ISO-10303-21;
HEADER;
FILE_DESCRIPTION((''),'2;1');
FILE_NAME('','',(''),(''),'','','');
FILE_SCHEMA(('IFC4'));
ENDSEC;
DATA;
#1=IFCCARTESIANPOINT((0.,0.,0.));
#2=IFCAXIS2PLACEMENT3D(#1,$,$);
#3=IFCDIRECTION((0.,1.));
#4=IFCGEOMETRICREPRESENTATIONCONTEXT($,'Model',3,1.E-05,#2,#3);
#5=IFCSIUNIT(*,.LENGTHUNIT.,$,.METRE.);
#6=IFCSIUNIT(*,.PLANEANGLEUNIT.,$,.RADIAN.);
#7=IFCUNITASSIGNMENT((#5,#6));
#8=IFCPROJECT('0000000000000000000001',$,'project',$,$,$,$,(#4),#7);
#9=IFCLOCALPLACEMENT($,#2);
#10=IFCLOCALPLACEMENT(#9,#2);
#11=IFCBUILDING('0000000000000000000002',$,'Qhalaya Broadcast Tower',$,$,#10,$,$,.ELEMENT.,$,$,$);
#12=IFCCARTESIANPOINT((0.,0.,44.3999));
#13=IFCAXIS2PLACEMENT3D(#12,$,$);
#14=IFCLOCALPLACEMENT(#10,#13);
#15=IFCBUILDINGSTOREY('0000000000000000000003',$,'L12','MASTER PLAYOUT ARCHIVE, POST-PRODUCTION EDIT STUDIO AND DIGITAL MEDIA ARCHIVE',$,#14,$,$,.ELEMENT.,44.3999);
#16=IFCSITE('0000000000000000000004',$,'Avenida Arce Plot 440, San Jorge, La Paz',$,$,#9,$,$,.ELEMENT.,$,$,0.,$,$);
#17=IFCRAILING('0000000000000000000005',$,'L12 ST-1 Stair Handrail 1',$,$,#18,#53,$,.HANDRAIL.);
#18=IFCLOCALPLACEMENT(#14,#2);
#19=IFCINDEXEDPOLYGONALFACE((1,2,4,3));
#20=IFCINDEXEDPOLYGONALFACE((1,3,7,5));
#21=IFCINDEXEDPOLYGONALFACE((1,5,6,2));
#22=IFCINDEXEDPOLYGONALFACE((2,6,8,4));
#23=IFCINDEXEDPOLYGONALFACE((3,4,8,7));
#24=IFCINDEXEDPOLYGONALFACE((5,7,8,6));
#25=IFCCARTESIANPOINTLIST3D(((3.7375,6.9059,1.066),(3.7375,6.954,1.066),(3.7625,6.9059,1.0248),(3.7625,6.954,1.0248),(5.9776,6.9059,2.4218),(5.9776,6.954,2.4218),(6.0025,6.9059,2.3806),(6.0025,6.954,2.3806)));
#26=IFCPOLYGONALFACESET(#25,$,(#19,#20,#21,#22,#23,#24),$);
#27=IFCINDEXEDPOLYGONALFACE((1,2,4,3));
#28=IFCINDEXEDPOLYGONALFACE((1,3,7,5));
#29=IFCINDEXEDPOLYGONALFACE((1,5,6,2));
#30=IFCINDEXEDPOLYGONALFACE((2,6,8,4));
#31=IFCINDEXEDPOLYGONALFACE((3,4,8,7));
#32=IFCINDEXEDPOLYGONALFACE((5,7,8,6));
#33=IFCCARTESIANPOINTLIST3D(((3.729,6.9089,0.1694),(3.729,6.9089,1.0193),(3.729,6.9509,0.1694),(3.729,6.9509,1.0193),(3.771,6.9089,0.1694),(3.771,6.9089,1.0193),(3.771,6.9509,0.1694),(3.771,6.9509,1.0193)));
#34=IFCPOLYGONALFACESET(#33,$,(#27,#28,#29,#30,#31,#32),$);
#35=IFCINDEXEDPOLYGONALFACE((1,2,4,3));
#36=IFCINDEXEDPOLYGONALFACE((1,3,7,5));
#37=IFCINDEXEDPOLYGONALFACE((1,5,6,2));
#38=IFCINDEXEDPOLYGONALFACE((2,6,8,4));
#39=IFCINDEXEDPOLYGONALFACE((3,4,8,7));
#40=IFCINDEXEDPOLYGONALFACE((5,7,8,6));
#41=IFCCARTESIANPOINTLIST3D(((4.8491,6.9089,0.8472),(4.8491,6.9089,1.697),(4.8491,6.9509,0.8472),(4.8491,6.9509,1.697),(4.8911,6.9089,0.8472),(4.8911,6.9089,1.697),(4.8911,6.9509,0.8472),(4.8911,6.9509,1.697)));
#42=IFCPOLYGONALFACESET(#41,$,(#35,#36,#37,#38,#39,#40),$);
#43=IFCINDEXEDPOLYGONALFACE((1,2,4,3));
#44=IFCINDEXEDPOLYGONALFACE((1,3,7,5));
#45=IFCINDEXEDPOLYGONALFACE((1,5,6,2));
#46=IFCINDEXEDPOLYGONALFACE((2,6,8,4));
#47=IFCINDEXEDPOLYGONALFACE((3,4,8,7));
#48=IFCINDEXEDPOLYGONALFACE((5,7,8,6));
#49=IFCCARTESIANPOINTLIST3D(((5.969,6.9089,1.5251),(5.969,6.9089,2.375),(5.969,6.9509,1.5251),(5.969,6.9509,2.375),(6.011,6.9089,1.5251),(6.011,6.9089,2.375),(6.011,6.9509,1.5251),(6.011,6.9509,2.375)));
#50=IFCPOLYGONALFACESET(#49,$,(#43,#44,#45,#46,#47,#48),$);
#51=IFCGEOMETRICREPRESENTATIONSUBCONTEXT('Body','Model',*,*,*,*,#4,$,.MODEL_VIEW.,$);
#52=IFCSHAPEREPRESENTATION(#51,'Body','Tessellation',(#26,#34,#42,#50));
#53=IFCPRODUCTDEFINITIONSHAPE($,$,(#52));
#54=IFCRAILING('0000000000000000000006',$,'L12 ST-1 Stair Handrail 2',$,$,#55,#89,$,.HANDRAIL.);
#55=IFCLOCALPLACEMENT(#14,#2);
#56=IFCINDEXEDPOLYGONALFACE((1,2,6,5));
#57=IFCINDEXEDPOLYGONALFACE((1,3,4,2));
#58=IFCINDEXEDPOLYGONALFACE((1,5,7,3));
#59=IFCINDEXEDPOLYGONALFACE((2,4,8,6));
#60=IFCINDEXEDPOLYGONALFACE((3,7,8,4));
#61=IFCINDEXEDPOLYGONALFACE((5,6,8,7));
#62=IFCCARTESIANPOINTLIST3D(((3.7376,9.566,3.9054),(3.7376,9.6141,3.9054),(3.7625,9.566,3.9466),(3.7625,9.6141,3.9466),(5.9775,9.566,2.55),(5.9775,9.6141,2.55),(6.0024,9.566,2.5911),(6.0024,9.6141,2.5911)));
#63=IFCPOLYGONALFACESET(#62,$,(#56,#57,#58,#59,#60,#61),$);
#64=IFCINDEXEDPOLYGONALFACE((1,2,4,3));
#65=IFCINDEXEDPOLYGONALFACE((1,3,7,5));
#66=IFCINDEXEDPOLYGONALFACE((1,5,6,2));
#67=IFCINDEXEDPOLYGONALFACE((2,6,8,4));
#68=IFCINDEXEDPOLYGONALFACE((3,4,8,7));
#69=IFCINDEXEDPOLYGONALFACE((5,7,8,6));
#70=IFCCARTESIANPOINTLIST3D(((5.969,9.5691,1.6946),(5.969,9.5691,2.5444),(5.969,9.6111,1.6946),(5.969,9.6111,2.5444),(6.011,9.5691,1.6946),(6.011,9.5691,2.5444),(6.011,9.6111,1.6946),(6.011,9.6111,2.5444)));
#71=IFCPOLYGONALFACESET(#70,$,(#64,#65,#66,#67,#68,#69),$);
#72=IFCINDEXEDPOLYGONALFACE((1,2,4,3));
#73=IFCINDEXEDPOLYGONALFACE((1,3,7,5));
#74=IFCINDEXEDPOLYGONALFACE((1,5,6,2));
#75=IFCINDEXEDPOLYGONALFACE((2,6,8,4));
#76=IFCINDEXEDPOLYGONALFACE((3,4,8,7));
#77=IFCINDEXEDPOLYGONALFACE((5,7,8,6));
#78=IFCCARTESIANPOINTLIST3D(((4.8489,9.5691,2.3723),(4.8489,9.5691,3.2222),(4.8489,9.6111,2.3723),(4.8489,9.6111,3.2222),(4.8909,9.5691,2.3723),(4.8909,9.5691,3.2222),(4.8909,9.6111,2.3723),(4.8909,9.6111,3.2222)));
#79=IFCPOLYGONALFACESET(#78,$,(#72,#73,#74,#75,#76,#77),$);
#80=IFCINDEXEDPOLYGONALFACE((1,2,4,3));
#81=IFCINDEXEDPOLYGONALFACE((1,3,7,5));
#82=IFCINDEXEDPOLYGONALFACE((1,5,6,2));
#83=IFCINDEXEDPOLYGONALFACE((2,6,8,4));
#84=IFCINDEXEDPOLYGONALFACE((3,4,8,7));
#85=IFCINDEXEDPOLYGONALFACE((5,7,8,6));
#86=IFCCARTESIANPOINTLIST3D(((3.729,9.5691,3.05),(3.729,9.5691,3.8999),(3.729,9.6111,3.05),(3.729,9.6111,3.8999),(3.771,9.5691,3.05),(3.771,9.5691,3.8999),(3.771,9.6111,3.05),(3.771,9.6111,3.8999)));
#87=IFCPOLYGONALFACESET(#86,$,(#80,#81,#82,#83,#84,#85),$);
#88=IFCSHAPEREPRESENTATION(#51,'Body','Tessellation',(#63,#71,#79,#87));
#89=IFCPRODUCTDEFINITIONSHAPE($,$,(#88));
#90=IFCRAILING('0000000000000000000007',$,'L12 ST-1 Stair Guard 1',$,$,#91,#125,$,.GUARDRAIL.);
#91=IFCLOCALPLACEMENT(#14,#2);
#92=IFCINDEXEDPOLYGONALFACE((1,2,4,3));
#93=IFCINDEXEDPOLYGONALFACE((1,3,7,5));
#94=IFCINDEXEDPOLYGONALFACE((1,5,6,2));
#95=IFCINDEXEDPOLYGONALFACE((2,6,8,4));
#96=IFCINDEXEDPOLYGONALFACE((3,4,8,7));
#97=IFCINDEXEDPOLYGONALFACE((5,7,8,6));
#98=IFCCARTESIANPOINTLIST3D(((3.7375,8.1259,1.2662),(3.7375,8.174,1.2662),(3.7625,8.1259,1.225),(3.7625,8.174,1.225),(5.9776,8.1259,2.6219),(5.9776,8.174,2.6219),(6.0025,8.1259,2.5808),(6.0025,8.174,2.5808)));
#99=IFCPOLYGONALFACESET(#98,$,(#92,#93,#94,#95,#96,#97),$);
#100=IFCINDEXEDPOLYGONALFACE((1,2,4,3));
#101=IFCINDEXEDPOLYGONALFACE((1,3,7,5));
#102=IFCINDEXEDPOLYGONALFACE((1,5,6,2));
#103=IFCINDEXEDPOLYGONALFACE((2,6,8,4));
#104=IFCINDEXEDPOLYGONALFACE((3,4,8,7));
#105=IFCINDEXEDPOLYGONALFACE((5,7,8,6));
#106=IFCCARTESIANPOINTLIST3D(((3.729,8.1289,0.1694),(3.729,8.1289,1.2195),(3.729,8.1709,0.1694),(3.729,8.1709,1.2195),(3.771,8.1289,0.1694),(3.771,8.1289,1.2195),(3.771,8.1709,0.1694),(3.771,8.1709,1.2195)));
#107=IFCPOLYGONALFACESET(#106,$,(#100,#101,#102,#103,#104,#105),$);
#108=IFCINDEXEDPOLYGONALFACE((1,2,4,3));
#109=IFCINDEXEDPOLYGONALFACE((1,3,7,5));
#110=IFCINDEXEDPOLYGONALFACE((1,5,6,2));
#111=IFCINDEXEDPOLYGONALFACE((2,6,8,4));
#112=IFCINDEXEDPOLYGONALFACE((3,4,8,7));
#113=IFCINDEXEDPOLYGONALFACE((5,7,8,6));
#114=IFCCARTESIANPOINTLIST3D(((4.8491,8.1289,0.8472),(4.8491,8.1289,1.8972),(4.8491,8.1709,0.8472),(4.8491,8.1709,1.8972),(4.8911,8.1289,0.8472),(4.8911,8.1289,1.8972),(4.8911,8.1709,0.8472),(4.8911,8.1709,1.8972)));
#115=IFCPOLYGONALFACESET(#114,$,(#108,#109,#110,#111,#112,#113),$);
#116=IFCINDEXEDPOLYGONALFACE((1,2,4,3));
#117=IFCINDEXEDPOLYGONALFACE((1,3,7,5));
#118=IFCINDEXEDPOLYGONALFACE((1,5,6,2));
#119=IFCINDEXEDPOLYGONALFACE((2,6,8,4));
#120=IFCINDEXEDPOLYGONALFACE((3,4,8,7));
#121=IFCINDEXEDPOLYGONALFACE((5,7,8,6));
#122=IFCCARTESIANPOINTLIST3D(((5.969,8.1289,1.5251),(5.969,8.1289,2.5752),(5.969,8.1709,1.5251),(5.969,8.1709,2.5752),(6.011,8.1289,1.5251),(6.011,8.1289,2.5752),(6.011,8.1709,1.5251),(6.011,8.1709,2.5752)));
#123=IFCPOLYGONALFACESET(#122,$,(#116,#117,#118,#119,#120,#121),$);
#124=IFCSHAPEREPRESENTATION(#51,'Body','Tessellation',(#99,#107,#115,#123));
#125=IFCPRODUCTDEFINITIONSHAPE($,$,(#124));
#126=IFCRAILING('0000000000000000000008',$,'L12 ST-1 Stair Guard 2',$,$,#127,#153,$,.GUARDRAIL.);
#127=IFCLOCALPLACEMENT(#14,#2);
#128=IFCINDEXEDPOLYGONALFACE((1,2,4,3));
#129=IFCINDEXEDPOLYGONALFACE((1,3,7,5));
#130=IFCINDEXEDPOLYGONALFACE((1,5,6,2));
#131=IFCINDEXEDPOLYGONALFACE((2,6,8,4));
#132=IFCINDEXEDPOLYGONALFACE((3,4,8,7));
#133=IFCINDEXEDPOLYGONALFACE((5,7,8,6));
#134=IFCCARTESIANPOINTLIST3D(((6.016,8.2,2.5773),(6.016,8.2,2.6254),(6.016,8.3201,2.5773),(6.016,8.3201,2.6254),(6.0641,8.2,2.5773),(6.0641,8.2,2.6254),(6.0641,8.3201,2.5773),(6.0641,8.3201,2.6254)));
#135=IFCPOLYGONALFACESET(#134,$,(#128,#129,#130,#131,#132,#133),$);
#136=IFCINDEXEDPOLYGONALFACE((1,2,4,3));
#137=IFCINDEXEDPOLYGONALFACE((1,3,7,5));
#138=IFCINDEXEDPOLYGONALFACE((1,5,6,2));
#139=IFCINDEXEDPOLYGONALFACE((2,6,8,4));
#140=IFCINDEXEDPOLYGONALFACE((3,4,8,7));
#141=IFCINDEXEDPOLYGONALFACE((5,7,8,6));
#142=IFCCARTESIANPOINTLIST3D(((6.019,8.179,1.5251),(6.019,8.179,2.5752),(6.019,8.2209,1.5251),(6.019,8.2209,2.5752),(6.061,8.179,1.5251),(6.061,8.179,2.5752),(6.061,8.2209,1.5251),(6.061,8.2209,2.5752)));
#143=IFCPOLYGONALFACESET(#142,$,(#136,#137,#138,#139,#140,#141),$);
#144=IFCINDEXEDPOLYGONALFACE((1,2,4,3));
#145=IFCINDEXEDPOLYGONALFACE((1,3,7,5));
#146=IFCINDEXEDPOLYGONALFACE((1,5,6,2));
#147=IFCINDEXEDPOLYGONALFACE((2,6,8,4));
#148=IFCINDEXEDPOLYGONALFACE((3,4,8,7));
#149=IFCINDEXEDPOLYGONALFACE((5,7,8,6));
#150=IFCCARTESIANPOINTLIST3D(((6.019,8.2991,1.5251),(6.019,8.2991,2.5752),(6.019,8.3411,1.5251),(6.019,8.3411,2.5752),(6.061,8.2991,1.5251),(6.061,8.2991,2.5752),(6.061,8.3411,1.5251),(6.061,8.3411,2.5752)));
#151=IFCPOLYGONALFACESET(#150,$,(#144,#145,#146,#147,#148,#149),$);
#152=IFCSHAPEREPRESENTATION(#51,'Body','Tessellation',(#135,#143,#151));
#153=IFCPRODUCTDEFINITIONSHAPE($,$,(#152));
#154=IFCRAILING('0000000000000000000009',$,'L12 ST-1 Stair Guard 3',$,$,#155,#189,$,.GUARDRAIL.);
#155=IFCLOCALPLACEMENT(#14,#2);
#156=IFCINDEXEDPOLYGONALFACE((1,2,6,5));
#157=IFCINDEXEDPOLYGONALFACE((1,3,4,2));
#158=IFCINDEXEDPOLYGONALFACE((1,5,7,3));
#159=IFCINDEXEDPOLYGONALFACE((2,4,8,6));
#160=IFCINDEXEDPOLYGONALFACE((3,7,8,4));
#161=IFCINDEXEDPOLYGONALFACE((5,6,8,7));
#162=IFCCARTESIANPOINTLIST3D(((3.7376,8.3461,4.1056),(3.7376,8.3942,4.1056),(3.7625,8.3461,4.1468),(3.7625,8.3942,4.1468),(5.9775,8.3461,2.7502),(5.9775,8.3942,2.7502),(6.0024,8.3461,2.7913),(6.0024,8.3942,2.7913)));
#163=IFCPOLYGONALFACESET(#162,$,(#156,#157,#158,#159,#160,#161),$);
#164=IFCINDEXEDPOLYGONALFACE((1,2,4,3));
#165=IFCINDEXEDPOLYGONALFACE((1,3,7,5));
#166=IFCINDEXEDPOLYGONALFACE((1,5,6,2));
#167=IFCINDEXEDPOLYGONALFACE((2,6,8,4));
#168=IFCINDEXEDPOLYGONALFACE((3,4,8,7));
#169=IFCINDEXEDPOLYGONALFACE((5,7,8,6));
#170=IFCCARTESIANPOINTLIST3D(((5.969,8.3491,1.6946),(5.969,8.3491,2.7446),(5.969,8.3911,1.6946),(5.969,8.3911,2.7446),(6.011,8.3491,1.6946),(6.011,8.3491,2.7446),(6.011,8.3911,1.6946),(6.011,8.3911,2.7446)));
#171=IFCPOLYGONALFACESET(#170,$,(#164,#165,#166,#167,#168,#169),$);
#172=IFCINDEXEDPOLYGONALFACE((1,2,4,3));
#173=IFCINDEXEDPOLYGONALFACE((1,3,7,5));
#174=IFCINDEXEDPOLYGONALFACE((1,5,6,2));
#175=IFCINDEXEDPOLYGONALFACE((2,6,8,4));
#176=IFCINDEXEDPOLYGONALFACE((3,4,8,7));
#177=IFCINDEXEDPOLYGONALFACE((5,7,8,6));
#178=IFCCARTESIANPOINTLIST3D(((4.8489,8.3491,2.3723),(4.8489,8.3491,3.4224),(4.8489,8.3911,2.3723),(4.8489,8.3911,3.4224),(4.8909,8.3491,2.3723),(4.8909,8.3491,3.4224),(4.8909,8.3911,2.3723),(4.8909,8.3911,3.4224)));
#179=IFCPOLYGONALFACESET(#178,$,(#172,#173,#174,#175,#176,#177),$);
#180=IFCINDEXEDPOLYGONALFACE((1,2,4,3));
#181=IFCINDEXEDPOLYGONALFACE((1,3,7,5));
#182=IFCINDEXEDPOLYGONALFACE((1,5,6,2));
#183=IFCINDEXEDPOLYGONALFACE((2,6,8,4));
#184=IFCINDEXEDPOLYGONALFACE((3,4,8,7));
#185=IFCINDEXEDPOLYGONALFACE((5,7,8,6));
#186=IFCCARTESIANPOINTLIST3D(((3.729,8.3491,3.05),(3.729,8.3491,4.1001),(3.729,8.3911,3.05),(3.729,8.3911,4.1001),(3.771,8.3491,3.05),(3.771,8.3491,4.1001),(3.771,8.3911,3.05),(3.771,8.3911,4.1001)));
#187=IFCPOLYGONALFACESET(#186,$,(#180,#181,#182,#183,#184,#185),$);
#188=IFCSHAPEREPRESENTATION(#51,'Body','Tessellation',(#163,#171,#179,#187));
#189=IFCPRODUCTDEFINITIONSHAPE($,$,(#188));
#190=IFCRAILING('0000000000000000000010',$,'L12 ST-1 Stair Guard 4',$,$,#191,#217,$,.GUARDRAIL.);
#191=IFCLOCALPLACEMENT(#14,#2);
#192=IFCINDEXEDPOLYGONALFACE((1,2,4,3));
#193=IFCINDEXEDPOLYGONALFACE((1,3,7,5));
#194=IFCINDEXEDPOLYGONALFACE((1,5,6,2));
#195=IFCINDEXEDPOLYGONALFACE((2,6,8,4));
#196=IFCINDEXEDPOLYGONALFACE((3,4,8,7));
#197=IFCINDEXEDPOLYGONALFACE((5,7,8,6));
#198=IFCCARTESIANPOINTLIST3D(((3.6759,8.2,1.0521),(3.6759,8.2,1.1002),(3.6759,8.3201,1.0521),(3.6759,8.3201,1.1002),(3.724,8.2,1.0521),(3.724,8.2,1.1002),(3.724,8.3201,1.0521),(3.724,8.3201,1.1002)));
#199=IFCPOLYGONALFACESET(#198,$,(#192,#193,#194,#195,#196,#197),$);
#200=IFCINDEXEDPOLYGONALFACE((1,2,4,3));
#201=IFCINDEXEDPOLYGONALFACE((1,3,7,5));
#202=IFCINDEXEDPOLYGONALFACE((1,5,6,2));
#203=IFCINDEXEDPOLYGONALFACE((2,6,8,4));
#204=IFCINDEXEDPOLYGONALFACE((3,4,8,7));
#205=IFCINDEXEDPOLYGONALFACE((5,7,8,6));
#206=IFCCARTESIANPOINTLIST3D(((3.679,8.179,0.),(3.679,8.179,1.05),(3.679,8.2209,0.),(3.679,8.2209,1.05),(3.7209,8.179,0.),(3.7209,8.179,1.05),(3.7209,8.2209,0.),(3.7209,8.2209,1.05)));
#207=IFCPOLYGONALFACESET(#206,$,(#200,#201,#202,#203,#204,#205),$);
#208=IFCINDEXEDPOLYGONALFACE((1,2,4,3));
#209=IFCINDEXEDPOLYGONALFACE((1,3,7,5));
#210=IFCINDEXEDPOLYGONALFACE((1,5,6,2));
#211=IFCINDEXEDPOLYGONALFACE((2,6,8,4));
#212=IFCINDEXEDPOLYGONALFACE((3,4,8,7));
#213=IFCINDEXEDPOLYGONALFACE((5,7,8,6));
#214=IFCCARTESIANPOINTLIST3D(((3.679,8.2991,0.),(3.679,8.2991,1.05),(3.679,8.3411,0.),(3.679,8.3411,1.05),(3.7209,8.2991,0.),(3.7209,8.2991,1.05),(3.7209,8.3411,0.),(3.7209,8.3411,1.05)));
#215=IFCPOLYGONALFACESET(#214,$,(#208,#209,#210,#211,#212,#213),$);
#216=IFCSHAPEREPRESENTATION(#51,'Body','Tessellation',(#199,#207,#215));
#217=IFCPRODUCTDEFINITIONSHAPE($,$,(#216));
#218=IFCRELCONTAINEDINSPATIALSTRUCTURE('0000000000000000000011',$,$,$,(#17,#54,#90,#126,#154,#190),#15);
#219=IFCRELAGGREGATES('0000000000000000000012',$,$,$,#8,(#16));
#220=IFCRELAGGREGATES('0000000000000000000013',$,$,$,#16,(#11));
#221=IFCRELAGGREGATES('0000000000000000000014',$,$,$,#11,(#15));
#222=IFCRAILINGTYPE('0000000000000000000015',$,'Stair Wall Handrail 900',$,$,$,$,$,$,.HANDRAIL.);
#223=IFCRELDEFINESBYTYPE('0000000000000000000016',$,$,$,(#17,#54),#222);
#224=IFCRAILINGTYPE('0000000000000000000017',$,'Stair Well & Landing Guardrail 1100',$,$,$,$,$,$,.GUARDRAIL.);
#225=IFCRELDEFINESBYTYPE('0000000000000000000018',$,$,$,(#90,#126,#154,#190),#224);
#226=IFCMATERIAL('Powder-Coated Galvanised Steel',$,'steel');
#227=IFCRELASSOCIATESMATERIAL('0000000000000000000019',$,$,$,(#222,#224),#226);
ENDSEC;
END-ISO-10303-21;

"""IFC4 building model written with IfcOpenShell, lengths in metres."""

from ifc_helpers import new_model, si_unit, direction, frame, origin, origin_2d, place, context, subcontext, project, spatial, rectangle, extrude, material, type_object, element, save


model = new_model("IFC4")

# Units and contexts
model_context = context("Model", 3, precision=1e-05, world=origin(), true_north=direction((0.0, 1.0)))
body_context = subcontext(model_context, "Body", "Model", "MODEL_VIEW")
ifc_project = project(units=[si_unit("LENGTHUNIT", "METRE"), si_unit("PLANEANGLEUNIT", "RADIAN")], contexts=[model_context])

# Site, building, storey
site_placement = place(None, origin())
site = spatial("IfcSite", under=ifc_project, at=site_placement, Name="Avenida Arce Plot 440, San Jorge, La Paz", CompositionType="ELEMENT", RefElevation=0.0)
building_placement = place(site_placement, origin())
building = spatial("IfcBuilding", under=site, at=building_placement, Name="Qhalaya Broadcast Tower", CompositionType="ELEMENT")
storey_placement = place(building_placement, frame((0.0, 0.0, 44.3999)))
storey = spatial("IfcBuildingStorey", under=building, at=storey_placement, Name="L12", Description="MASTER PLAYOUT ARCHIVE, POST-PRODUCTION EDIT STUDIO AND DIGITAL MEDIA ARCHIVE", CompositionType="ELEMENT", Elevation=44.3999)

# Railings
ifc_material_1 = material(Name="Powder-Coated Galvanised Steel", Category="steel")
railing_type_1 = type_object("IfcRailingType", Name="Stair Wall Handrail 900", PredefinedType="HANDRAIL", material=ifc_material_1)
railing_1_placement = place(storey_placement, frame((3.75, 6.9299, 0.1694)))
element("IfcRailing", 1, at=railing_1_placement, inside=storey, type_object=railing_type_1, Name="L12 ST-1 Stair Handrail 1", PredefinedType="HANDRAIL", context=body_context, shape_type="SweptSolid", body=[
    extrude(rectangle(XDim=0.0481, YDim=0.0481, at=origin_2d()), frame((0.0, 0.0, 0.876), z_axis=(0.855512, 0.0, 0.517783), x_axis=(0.0, 1.0, 0.0)), (0.0, 0.0, 1.0), 2.6184),
    extrude(rectangle(XDim=0.042, YDim=0.042, at=origin_2d()), origin(), (0.0, 0.0, 1.0), 0.8499),
    extrude(rectangle(XDim=0.042, YDim=0.042, at=origin_2d()), frame((1.1201, 0.0, 0.6777)), (0.0, 0.0, 1.0), 0.8499),
    extrude(rectangle(XDim=0.042, YDim=0.042, at=origin_2d()), frame((2.24, 0.0, 1.3557)), (0.0, 0.0, 1.0), 0.8499),
])
railing_2_placement = place(storey_placement, frame((5.99, 9.5901, 1.6946)))
element("IfcRailing", 2, at=railing_2_placement, inside=storey, type_object=railing_type_1, Name="L12 ST-1 Stair Handrail 2", PredefinedType="HANDRAIL", context=body_context, shape_type="SweptSolid", body=[
    extrude(rectangle(XDim=0.0481, YDim=0.0481, at=origin_2d()), frame((0.0, 0.0, 0.876), z_axis=(-0.855553, 0.0, 0.517715), x_axis=(0.0, -1.0, 0.0)), (0.0, 0.0, 1.0), 2.6182),
    extrude(rectangle(XDim=0.042, YDim=0.042, at=origin_2d()), origin(), (0.0, 0.0, 1.0), 0.8499),
    extrude(rectangle(XDim=0.042, YDim=0.042, at=origin_2d()), frame((-1.1201, 0.0, 0.6777)), (0.0, 0.0, 1.0), 0.8499),
    extrude(rectangle(XDim=0.042, YDim=0.042, at=origin_2d()), frame((-2.24, 0.0, 1.3555)), (0.0, 0.0, 1.0), 0.8499),
])
railing_type_2 = type_object("IfcRailingType", Name="Stair Well & Landing Guardrail 1100", PredefinedType="GUARDRAIL", material=ifc_material_1)
railing_3_placement = place(storey_placement, frame((3.75, 8.1499, 0.1694)))
element("IfcRailing", 3, at=railing_3_placement, inside=storey, type_object=railing_type_2, Name="L12 ST-1 Stair Guard 1", PredefinedType="GUARDRAIL", context=body_context, shape_type="SweptSolid", body=[
    extrude(rectangle(XDim=0.0481, YDim=0.0481, at=origin_2d()), frame((0.0, 0.0, 1.0762), z_axis=(0.855512, 0.0, 0.517783), x_axis=(0.0, 1.0, 0.0)), (0.0, 0.0, 1.0), 2.6184),
    extrude(rectangle(XDim=0.042, YDim=0.042, at=origin_2d()), origin(), (0.0, 0.0, 1.0), 1.05),
    extrude(rectangle(XDim=0.042, YDim=0.042, at=origin_2d()), frame((1.1201, 0.0, 0.6777)), (0.0, 0.0, 1.0), 1.05),
    extrude(rectangle(XDim=0.042, YDim=0.042, at=origin_2d()), frame((2.24, 0.0, 1.3557)), (0.0, 0.0, 1.0), 1.05),
])
railing_4_placement = place(storey_placement, frame((6.04, 8.2, 1.5251)))
element("IfcRailing", 4, at=railing_4_placement, inside=storey, type_object=railing_type_2, Name="L12 ST-1 Stair Guard 2", PredefinedType="GUARDRAIL", context=body_context, shape_type="SweptSolid", body=[
    extrude(rectangle(XDim=0.0481, YDim=0.0481, at=origin_2d()), frame((0.0, 0.0, 1.0762), z_axis=(0.0, 1.0, 0.0), x_axis=(-1.0, 0.0, 0.0)), (0.0, 0.0, 1.0), 0.1201),
    extrude(rectangle(XDim=0.042, YDim=0.042, at=origin_2d()), origin(), (0.0, 0.0, 1.0), 1.05),
    extrude(rectangle(XDim=0.042, YDim=0.042, at=origin_2d()), frame((0.0, 0.1201, 0.0)), (0.0, 0.0, 1.0), 1.05),
])
railing_5_placement = place(storey_placement, frame((5.99, 8.3701, 1.6946)))
element("IfcRailing", 5, at=railing_5_placement, inside=storey, type_object=railing_type_2, Name="L12 ST-1 Stair Guard 3", PredefinedType="GUARDRAIL", context=body_context, shape_type="SweptSolid", body=[
    extrude(rectangle(XDim=0.0481, YDim=0.0481, at=origin_2d()), frame((0.0, 0.0, 1.0762), z_axis=(-0.855553, 0.0, 0.517715), x_axis=(0.0, -1.0, 0.0)), (0.0, 0.0, 1.0), 2.6182),
    extrude(rectangle(XDim=0.042, YDim=0.042, at=origin_2d()), origin(), (0.0, 0.0, 1.0), 1.05),
    extrude(rectangle(XDim=0.042, YDim=0.042, at=origin_2d()), frame((-1.1201, 0.0, 0.6777)), (0.0, 0.0, 1.0), 1.05),
    extrude(rectangle(XDim=0.042, YDim=0.042, at=origin_2d()), frame((-2.24, 0.0, 1.3555)), (0.0, 0.0, 1.0), 1.05),
])
railing_6_placement = place(storey_placement, frame((3.7, 8.2, 0.0)))
element("IfcRailing", 6, at=railing_6_placement, inside=storey, type_object=railing_type_2, Name="L12 ST-1 Stair Guard 4", PredefinedType="GUARDRAIL", context=body_context, shape_type="SweptSolid", body=[
    extrude(rectangle(XDim=0.0481, YDim=0.0481, at=origin_2d()), frame((0.0, 0.0, 1.0762), z_axis=(0.0, 1.0, 0.0), x_axis=(-1.0, 0.0, 0.0)), (0.0, 0.0, 1.0), 0.1201),
    extrude(rectangle(XDim=0.042, YDim=0.042, at=origin_2d()), origin(), (0.0, 0.0, 1.0), 1.05),
    extrude(rectangle(XDim=0.042, YDim=0.042, at=origin_2d()), frame((0.0, 0.1201, 0.0)), (0.0, 0.0, 1.0), 1.05),
])

save(model, "model.ifc")
